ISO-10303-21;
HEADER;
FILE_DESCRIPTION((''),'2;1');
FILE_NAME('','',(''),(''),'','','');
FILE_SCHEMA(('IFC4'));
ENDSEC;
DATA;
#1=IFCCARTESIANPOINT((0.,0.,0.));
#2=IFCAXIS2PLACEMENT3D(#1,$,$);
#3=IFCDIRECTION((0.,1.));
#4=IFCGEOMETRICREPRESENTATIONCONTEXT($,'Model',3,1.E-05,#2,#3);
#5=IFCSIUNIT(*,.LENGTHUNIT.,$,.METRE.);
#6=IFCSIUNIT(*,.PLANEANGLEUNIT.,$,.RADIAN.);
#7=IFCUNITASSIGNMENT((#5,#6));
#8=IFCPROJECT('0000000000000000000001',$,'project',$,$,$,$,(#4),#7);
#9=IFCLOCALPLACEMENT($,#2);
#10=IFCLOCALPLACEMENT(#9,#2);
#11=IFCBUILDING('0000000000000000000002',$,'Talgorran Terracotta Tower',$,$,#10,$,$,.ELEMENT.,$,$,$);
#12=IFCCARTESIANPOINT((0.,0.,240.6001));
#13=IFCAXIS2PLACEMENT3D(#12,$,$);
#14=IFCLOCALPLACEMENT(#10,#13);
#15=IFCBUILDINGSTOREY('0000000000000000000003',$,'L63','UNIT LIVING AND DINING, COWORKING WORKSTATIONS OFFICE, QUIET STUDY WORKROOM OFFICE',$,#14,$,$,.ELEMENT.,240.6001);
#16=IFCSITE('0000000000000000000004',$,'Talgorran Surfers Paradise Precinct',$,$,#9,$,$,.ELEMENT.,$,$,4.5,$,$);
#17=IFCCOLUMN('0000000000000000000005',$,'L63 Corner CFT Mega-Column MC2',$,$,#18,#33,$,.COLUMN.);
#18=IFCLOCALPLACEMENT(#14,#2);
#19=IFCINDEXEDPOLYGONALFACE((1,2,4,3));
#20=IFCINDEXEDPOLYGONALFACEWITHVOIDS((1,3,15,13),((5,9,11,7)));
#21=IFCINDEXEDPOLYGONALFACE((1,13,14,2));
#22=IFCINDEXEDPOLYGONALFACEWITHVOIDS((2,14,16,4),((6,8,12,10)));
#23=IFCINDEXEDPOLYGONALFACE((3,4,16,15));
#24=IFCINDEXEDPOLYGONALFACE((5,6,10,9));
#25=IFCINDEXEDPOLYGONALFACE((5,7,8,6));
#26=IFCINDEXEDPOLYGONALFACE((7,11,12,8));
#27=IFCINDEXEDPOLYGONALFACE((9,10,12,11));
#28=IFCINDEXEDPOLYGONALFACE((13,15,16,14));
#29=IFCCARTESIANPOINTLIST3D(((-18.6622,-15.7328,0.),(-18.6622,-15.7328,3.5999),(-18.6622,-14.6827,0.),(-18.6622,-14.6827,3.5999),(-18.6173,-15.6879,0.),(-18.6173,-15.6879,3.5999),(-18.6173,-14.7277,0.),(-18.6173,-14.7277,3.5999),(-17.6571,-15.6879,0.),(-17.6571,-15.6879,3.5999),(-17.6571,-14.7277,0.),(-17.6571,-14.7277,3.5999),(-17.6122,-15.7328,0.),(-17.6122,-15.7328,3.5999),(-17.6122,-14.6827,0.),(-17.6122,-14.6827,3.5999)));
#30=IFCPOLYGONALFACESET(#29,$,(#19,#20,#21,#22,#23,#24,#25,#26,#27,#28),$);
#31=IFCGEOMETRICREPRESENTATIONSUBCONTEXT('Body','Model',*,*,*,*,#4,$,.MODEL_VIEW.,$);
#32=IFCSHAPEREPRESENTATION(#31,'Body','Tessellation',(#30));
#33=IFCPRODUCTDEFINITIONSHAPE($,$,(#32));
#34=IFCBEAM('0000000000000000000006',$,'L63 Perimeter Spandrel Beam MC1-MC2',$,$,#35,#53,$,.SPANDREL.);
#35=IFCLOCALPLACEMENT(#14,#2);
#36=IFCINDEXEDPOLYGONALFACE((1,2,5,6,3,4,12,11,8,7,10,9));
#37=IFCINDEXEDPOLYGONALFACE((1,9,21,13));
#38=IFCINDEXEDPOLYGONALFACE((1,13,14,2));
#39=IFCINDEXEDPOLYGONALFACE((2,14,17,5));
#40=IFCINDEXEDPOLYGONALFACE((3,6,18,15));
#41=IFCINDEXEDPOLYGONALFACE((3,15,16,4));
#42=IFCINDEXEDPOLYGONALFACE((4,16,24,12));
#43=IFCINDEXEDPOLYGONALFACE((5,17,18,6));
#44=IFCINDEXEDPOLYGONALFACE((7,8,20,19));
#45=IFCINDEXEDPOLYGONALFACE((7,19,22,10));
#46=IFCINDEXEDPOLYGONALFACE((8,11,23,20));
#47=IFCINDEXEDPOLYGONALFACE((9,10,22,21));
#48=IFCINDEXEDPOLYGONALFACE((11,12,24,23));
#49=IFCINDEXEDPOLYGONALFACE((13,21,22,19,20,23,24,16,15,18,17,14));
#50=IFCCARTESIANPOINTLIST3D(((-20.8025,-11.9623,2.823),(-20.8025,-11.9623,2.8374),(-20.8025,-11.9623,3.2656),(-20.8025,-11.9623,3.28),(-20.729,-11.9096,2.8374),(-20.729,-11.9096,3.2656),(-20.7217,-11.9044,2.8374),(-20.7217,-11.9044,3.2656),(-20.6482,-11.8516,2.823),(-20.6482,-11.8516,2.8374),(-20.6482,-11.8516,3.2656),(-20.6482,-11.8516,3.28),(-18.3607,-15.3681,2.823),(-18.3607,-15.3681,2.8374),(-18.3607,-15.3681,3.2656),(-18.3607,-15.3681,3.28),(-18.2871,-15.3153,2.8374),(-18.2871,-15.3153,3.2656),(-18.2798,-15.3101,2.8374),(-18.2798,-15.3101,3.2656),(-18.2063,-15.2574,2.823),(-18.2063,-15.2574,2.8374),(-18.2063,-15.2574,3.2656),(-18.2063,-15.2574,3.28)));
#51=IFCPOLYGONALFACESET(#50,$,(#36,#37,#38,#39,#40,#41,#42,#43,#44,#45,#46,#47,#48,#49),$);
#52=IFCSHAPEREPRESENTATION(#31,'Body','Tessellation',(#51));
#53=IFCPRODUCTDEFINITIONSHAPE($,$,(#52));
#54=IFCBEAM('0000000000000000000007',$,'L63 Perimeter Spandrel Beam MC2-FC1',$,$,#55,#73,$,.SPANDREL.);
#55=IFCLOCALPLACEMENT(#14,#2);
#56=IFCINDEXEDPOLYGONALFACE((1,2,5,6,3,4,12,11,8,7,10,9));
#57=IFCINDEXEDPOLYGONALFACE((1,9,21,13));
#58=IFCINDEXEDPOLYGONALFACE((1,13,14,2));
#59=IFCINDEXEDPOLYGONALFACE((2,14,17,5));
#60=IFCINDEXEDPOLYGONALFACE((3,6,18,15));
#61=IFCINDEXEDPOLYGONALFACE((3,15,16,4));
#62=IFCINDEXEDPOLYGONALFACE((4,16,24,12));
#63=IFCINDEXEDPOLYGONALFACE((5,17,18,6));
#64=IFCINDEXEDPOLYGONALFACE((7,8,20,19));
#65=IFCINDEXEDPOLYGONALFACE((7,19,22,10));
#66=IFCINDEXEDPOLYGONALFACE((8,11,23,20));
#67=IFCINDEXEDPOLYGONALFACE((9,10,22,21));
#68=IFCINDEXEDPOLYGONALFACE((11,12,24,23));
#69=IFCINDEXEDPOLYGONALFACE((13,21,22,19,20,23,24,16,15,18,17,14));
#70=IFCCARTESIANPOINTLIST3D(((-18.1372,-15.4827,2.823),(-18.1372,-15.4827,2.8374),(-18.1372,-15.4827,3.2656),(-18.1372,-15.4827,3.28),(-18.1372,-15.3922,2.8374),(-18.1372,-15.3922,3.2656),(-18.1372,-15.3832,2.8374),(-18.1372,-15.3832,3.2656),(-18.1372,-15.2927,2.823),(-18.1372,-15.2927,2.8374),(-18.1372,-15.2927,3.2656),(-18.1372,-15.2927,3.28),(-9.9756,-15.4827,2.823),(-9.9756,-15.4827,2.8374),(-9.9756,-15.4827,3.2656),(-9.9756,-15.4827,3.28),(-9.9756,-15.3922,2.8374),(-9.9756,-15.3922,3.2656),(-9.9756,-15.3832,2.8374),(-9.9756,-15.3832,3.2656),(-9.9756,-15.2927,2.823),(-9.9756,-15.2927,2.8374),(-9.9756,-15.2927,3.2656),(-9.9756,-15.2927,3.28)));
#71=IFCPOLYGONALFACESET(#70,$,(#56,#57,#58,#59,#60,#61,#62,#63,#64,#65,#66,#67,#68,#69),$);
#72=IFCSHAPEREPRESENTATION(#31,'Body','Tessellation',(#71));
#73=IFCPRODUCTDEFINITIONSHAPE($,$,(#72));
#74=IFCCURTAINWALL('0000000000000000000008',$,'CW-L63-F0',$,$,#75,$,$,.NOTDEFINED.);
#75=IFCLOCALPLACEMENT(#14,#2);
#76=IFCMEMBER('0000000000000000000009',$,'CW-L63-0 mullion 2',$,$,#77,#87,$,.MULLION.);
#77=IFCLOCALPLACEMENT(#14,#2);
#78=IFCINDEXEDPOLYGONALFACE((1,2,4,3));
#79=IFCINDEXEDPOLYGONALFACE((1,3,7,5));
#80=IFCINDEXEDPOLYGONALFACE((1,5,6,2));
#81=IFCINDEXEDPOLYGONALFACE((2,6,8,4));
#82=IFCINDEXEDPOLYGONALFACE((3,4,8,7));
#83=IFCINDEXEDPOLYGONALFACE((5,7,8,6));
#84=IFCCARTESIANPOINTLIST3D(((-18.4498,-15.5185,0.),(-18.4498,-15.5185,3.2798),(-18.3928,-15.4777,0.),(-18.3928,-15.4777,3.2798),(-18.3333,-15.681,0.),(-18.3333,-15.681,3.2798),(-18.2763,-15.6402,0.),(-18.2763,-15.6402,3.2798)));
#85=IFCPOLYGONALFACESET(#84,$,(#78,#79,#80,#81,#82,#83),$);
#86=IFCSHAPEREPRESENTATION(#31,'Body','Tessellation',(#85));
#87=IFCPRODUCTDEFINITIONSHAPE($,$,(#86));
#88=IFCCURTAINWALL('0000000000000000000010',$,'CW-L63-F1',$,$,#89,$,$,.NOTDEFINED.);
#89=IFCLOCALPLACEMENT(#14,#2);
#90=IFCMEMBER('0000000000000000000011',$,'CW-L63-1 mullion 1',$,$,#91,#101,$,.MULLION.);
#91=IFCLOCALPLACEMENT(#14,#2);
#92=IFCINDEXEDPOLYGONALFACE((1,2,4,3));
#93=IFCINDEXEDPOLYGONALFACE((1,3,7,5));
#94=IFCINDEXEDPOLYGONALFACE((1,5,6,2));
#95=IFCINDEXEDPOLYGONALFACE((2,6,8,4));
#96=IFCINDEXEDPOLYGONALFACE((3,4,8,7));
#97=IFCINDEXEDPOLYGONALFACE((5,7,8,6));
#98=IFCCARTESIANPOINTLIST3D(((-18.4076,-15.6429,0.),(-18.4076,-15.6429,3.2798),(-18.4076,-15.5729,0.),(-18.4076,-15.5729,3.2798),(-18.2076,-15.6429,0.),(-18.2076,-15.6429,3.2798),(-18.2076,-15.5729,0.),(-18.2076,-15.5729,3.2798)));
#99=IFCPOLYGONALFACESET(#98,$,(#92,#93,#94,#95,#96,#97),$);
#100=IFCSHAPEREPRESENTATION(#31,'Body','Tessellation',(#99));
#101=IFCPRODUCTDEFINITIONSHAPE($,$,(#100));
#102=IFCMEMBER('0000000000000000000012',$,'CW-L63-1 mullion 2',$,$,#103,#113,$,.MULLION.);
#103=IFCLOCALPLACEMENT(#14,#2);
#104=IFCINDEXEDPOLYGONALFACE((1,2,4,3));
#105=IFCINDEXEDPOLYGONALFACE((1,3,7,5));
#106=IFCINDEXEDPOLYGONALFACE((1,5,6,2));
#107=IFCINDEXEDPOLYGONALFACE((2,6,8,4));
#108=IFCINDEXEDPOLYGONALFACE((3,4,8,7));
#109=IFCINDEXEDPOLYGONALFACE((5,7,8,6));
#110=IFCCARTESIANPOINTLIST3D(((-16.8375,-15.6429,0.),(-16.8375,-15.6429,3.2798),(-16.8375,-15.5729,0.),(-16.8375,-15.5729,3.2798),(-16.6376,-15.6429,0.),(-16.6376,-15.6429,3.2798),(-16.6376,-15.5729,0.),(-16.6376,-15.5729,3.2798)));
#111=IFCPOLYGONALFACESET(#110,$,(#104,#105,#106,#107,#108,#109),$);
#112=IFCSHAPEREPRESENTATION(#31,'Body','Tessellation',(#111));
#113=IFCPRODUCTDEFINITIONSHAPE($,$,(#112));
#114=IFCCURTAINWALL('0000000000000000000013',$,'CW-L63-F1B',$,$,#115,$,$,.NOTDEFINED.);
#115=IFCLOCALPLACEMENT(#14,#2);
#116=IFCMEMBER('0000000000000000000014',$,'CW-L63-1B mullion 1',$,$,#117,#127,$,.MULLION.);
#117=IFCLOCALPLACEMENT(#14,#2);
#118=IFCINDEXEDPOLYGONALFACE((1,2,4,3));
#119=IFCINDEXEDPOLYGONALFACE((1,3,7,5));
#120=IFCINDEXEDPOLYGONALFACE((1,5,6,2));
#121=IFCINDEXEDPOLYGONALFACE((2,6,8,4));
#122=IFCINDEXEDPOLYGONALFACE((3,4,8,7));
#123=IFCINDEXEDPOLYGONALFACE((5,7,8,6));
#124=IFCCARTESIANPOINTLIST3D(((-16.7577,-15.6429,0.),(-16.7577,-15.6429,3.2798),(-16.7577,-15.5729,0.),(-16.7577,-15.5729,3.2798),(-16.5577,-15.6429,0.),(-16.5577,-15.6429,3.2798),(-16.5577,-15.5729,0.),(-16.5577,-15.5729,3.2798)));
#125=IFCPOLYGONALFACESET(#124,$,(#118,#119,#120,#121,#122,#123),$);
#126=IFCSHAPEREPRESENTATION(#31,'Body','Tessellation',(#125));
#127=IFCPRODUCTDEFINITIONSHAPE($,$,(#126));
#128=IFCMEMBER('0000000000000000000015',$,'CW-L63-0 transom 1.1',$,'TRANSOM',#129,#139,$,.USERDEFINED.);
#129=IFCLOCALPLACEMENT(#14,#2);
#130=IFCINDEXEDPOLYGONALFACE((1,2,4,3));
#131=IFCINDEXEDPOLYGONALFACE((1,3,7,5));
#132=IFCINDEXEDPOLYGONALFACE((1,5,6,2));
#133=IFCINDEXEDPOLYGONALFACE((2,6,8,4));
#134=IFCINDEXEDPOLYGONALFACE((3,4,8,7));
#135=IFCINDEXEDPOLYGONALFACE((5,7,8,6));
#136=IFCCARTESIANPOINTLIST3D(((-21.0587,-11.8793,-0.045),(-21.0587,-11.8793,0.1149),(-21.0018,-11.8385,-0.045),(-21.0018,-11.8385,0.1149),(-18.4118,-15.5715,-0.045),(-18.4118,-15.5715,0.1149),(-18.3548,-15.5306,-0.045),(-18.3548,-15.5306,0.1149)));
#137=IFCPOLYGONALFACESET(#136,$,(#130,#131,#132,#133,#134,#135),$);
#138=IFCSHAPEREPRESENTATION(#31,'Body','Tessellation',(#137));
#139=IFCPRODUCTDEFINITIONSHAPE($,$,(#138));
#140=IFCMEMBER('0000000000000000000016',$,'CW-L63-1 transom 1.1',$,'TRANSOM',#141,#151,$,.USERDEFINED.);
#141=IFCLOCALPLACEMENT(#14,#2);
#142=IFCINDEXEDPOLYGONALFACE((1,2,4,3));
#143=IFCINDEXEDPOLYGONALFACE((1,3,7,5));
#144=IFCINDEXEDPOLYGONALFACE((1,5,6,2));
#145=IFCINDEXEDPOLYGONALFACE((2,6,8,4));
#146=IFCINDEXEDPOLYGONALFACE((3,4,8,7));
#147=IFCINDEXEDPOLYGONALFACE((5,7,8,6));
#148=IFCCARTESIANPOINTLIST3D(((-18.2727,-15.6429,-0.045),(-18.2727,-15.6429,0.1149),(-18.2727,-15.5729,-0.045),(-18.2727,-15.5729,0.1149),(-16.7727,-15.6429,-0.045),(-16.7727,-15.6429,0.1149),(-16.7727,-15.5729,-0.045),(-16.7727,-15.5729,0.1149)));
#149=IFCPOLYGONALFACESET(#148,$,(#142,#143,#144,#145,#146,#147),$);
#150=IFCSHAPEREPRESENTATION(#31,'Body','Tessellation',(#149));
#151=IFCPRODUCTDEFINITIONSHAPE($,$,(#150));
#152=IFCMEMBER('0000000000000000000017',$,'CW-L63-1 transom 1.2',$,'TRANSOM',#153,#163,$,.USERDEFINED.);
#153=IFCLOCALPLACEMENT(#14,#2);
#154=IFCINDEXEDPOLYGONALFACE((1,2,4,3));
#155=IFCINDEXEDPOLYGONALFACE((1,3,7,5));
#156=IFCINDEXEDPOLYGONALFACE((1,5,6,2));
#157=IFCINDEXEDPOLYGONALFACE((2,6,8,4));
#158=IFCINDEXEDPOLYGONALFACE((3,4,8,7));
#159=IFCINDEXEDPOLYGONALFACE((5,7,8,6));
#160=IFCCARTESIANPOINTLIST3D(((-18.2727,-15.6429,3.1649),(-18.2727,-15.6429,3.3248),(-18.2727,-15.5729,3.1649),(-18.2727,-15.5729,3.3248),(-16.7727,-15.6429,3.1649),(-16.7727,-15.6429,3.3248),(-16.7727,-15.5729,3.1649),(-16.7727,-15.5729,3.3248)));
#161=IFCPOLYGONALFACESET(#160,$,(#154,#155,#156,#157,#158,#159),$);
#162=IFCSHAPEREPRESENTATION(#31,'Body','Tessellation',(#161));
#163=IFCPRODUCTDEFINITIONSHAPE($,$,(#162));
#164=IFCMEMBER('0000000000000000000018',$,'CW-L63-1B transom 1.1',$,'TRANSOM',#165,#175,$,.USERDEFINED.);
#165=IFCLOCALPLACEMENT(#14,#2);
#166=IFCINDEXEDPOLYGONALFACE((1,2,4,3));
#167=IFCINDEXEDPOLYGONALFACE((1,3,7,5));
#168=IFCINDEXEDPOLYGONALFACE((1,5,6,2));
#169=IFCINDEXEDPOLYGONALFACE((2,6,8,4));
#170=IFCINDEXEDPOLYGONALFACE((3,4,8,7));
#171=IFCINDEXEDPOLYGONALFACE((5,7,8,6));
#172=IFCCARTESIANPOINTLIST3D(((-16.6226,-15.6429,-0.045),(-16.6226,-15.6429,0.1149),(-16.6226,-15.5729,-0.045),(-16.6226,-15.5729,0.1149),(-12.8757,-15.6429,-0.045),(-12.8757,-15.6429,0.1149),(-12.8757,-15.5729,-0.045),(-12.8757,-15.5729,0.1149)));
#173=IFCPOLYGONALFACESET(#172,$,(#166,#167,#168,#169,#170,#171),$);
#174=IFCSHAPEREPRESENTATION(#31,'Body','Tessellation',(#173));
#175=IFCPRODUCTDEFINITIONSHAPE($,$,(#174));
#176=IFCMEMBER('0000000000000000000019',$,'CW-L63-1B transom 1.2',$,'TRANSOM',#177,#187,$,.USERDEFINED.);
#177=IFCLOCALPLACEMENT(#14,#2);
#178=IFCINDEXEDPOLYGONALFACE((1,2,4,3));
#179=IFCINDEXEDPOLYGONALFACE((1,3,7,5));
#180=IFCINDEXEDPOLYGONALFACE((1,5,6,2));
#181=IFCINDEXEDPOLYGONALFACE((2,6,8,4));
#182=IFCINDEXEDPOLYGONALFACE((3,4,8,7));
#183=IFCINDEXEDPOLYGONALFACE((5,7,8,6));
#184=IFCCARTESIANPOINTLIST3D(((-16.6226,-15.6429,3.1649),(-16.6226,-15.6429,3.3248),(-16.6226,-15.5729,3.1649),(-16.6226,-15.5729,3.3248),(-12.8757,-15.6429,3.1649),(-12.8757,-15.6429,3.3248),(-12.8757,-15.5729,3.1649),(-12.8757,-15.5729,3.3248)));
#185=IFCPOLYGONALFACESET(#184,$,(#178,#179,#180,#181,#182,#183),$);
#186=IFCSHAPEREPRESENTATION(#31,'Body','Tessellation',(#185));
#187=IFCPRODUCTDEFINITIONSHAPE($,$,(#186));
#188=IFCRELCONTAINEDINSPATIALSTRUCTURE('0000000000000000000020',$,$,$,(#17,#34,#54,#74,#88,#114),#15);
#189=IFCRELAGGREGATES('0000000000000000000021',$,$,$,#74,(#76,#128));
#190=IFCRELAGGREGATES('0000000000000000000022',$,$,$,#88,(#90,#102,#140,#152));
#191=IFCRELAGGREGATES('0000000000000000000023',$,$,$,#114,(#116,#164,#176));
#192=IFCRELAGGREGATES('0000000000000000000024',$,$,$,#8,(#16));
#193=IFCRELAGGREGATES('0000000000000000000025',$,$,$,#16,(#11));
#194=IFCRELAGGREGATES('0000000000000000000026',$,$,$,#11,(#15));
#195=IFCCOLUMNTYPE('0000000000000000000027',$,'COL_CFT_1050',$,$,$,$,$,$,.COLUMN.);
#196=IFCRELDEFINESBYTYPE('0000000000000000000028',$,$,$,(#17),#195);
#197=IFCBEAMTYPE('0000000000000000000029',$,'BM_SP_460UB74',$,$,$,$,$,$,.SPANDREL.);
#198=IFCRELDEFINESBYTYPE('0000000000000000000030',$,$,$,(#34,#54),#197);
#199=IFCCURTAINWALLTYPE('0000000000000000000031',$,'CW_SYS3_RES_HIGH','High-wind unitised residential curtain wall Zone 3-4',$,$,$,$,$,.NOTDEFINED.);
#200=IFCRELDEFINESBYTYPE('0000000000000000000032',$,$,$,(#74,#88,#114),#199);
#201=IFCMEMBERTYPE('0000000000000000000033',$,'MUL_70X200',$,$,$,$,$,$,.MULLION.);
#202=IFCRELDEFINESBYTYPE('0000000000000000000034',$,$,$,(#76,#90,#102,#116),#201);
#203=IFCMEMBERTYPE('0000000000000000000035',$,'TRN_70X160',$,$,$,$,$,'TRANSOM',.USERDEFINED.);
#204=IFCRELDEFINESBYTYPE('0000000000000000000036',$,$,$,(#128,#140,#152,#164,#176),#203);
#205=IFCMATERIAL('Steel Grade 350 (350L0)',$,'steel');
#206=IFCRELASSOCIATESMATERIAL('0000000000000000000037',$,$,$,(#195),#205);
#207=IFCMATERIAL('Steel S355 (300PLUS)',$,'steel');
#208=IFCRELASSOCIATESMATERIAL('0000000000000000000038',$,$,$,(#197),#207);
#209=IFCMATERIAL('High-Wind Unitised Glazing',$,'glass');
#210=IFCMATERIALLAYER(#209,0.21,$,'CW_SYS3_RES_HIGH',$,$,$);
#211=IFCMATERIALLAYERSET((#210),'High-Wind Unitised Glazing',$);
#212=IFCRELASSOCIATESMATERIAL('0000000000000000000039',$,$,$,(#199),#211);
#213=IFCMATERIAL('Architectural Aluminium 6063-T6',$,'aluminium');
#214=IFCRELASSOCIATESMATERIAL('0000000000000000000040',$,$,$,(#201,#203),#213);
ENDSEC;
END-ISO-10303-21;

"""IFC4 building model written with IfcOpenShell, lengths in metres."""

from ifc_helpers import new_model, si_unit, direction, frame, origin, origin_2d, place, context, subcontext, project, spatial, rectangle, hollow_rectangle, i_section, extrude, material, layer, layer_set, material_profile, profile_set, type_object, element, aggregate, save


model = new_model("IFC4")

# Units and contexts
model_context = context("Model", 3, precision=1e-05, world=origin(), true_north=direction((0.0, 1.0)))
body_context = subcontext(model_context, "Body", "Model", "MODEL_VIEW")
ifc_project = project(units=[si_unit("LENGTHUNIT", "METRE"), si_unit("PLANEANGLEUNIT", "RADIAN")], contexts=[model_context])

# Site, building, storey
site_placement = place(None, origin())
site = spatial("IfcSite", under=ifc_project, at=site_placement, Name="Talgorran Surfers Paradise Precinct", CompositionType="ELEMENT", RefElevation=4.5)
building_placement = place(site_placement, origin())
building = spatial("IfcBuilding", under=site, at=building_placement, Name="Talgorran Terracotta Tower", CompositionType="ELEMENT")
storey_placement = place(building_placement, frame((0.0, 0.0, 240.6001)))
storey = spatial("IfcBuildingStorey", under=building, at=storey_placement, Name="L63", Description="UNIT LIVING AND DINING, COWORKING WORKSTATIONS OFFICE, QUIET STUDY WORKROOM OFFICE", CompositionType="ELEMENT", Elevation=240.6001)

# Column
ifc_material_1 = material(Name="Steel Grade 350 (350L0)", Category="steel")
ifc_material_profile_1 = material_profile(ifc_material_1, hollow_rectangle(XDim=1.05, YDim=1.05, WallThickness=0.0449, at=origin_2d()), Name="CFT1050X1050X45")
ifc_profile_set_1 = profile_set([ifc_material_profile_1], Name="Steel Grade 350 (350L0)")
column_type = type_object("IfcColumnType", Name="COL_CFT_1050", PredefinedType="COLUMN", material=ifc_profile_set_1)
column_placement = place(storey_placement, frame((-18.1372, -15.2078, 0.0), z_axis=(0.0, 0.0, 1.0), x_axis=(1.0, 0.0, 0.0)))
element("IfcColumn", 1, at=column_placement, inside=storey, type_object=column_type, Name="L63 Corner CFT Mega-Column MC2", PredefinedType="COLUMN", context=body_context, shape_type="SweptSolid", body=[
    extrude(hollow_rectangle(XDim=1.05, YDim=1.05, WallThickness=0.0449, at=origin_2d()), origin(), (0.0, 0.0, 1.0), 3.5999),
])

# Beams
ifc_material_2 = material(Name="Steel S355 (300PLUS)", Category="steel")
ifc_material_profile_2 = material_profile(ifc_material_2, i_section(OverallWidth=0.1899, OverallDepth=0.457, WebThickness=0.009, FlangeThickness=0.0144, at=origin_2d()), Name="460UB74.6")
ifc_profile_set_2 = profile_set([ifc_material_profile_2], Name="Steel S355 (300PLUS)")
beam_type = type_object("IfcBeamType", Name="BM_SP_460UB74", PredefinedType="SPANDREL", material=ifc_profile_set_2)
beam_1_placement = place(storey_placement, frame((-20.7253, -11.907, 3.0515), z_axis=(0.582692, -0.812693, 0.0), x_axis=(0.812693, 0.582692, 0.0)))
element("IfcBeam", 2, at=beam_1_placement, inside=storey, type_object=beam_type, Name="L63 Perimeter Spandrel Beam MC1-MC2", PredefinedType="SPANDREL", context=body_context, shape_type="SweptSolid", body=[
    extrude(i_section(OverallWidth=0.1899, OverallDepth=0.457, WebThickness=0.009, FlangeThickness=0.0144, at=origin_2d()), origin(), (0.0, 0.0, 1.0), 4.1907),
])
beam_2_placement = place(storey_placement, frame((-18.1372, -15.3877, 3.0515), z_axis=(1.0, 0.0, 0.0), x_axis=(0.0, 1.0, 0.0)))
element("IfcBeam", 3, at=beam_2_placement, inside=storey, type_object=beam_type, Name="L63 Perimeter Spandrel Beam MC2-FC1", PredefinedType="SPANDREL", context=body_context, shape_type="SweptSolid", body=[
    extrude(i_section(OverallWidth=0.1899, OverallDepth=0.457, WebThickness=0.009, FlangeThickness=0.0144, at=origin_2d()), origin(), (0.0, 0.0, 1.0), 8.1616),
])

# Curtain wall, member
ifc_material_3 = material(Name="High-Wind Unitised Glazing", Category="glass")
ifc_layer_1 = layer(ifc_material_3, 0.21, Name="CW_SYS3_RES_HIGH")
ifc_layer_set_1 = layer_set([ifc_layer_1], Name="High-Wind Unitised Glazing")
curtain_wall_type = type_object("IfcCurtainWallType", Name="CW_SYS3_RES_HIGH", Description="High-wind unitised residential curtain wall Zone 3-4", PredefinedType="NOTDEFINED", material=ifc_layer_set_1)
curtain_wall_1_placement = place(storey_placement, origin())
curtain_wall_1 = element("IfcCurtainWall", 4, at=curtain_wall_1_placement, inside=storey, type_object=curtain_wall_type, Name="CW-L63-F0", PredefinedType="NOTDEFINED")
ifc_material_4 = material(Name="Architectural Aluminium 6063-T6", Category="aluminium")
ifc_material_profile_3 = material_profile(ifc_material_4, rectangle(XDim=0.0701, YDim=0.2, at=origin_2d()), Name="CWM70X200")
ifc_profile_set_3 = profile_set([ifc_material_profile_3], Name="Architectural Aluminium 6063-T6")
member_type_1 = type_object("IfcMemberType", Name="MUL_70X200", PredefinedType="MULLION", material=ifc_profile_set_3)
member_1_placement = place(storey_placement, frame((-18.363, -15.5793, 0.0), z_axis=(0.0, 0.0, 1.0), x_axis=(0.812715, 0.582661, 0.0)))
member_1 = element("IfcMember", 5, at=member_1_placement, type_object=member_type_1, Name="CW-L63-0 mullion 2", PredefinedType="MULLION", context=body_context, shape_type="SweptSolid", body=[
    extrude(rectangle(XDim=0.0701, YDim=0.2, at=origin_2d()), origin(), (0.0, 0.0, 1.0), 3.2798),
])

# Curtain wall, members
curtain_wall_2_placement = place(storey_placement, origin())
curtain_wall_2 = element("IfcCurtainWall", 6, at=curtain_wall_2_placement, inside=storey, type_object=curtain_wall_type, Name="CW-L63-F1", PredefinedType="NOTDEFINED")
member_2_placement = place(storey_placement, frame((-18.3076, -15.6079, 0.0), z_axis=(0.0, 0.0, 1.0), x_axis=(0.0, 1.0, 0.0)))
member_2 = element("IfcMember", 7, at=member_2_placement, type_object=member_type_1, Name="CW-L63-1 mullion 1", PredefinedType="MULLION", context=body_context, shape_type="SweptSolid", body=[
    extrude(rectangle(XDim=0.0701, YDim=0.2, at=origin_2d()), origin(), (0.0, 0.0, 1.0), 3.2798),
])
member_3_placement = place(storey_placement, frame((-16.7375, -15.6079, 0.0), z_axis=(0.0, 0.0, 1.0), x_axis=(0.0, 1.0, 0.0)))
member_3 = element("IfcMember", 8, at=member_3_placement, type_object=member_type_1, Name="CW-L63-1 mullion 2", PredefinedType="MULLION", context=body_context, shape_type="SweptSolid", body=[
    extrude(rectangle(XDim=0.0701, YDim=0.2, at=origin_2d()), origin(), (0.0, 0.0, 1.0), 3.2798),
])

# Curtain wall, member
curtain_wall_3_placement = place(storey_placement, origin())
curtain_wall_3 = element("IfcCurtainWall", 9, at=curtain_wall_3_placement, inside=storey, type_object=curtain_wall_type, Name="CW-L63-F1B", PredefinedType="NOTDEFINED")
member_4_placement = place(storey_placement, frame((-16.6577, -15.6079, 0.0), z_axis=(0.0, 0.0, 1.0), x_axis=(0.0, 1.0, 0.0)))
member_4 = element("IfcMember", 10, at=member_4_placement, type_object=member_type_1, Name="CW-L63-1B mullion 1", PredefinedType="MULLION", context=body_context, shape_type="SweptSolid", body=[
    extrude(rectangle(XDim=0.0701, YDim=0.2, at=origin_2d()), origin(), (0.0, 0.0, 1.0), 3.2798),
])

# Members
ifc_material_profile_4 = material_profile(ifc_material_4, rectangle(XDim=0.0701, YDim=0.1599, at=origin_2d()), Name="CWT70X160")
ifc_profile_set_4 = profile_set([ifc_material_profile_4], Name="Architectural Aluminium 6063-T6")
member_type_2 = type_object("IfcMemberType", Name="TRN_70X160", ElementType="TRANSOM", PredefinedType="USERDEFINED", material=ifc_profile_set_4)
member_5_placement = place(storey_placement, frame((-21.0303, -11.8589, 0.0349), z_axis=(0.582656, -0.812719, 0.0), x_axis=(0.812719, 0.582656, 0.0)))
member_5 = element("IfcMember", 11, at=member_5_placement, type_object=member_type_2, Name="CW-L63-0 transom 1.1", ObjectType="TRANSOM", PredefinedType="USERDEFINED", context=body_context, shape_type="SweptSolid", body=[
    extrude(rectangle(XDim=0.0701, YDim=0.1599, at=origin_2d()), origin(), (0.0, 0.0, 1.0), 4.543),
])
member_6_placement = place(storey_placement, frame((-18.2727, -15.6079, 0.0349), z_axis=(1.0, 0.0, 0.0), x_axis=(0.0, 1.0, 0.0)))
member_6 = element("IfcMember", 12, at=member_6_placement, type_object=member_type_2, Name="CW-L63-1 transom 1.1", ObjectType="TRANSOM", PredefinedType="USERDEFINED", context=body_context, shape_type="SweptSolid", body=[
    extrude(rectangle(XDim=0.0701, YDim=0.1599, at=origin_2d()), origin(), (0.0, 0.0, 1.0), 1.5),
])
member_7_placement = place(storey_placement, frame((-18.2727, -15.6079, 3.2449), z_axis=(1.0, 0.0, 0.0), x_axis=(0.0, 1.0, 0.0)))
member_7 = element("IfcMember", 13, at=member_7_placement, type_object=member_type_2, Name="CW-L63-1 transom 1.2", ObjectType="TRANSOM", PredefinedType="USERDEFINED", context=body_context, shape_type="SweptSolid", body=[
    extrude(rectangle(XDim=0.0701, YDim=0.1599, at=origin_2d()), origin(), (0.0, 0.0, 1.0), 1.5),
])
member_8_placement = place(storey_placement, frame((-16.6226, -15.6079, 0.0349), z_axis=(1.0, 0.0, 0.0), x_axis=(0.0, 1.0, 0.0)))
member_8 = element("IfcMember", 14, at=member_8_placement, type_object=member_type_2, Name="CW-L63-1B transom 1.1", ObjectType="TRANSOM", PredefinedType="USERDEFINED", context=body_context, shape_type="SweptSolid", body=[
    extrude(rectangle(XDim=0.0701, YDim=0.1599, at=origin_2d()), origin(), (0.0, 0.0, 1.0), 3.7468),
])
member_9_placement = place(storey_placement, frame((-16.6226, -15.6079, 3.2449), z_axis=(1.0, 0.0, 0.0), x_axis=(0.0, 1.0, 0.0)))
member_9 = element("IfcMember", 15, at=member_9_placement, type_object=member_type_2, Name="CW-L63-1B transom 1.2", ObjectType="TRANSOM", PredefinedType="USERDEFINED", context=body_context, shape_type="SweptSolid", body=[
    extrude(rectangle(XDim=0.0701, YDim=0.1599, at=origin_2d()), origin(), (0.0, 0.0, 1.0), 3.7468),
])

aggregate(curtain_wall_1, [member_1, member_5])
aggregate(curtain_wall_2, [member_2, member_3, member_6, member_7])
aggregate(curtain_wall_3, [member_4, member_8, member_9])

save(model, "model.ifc")
